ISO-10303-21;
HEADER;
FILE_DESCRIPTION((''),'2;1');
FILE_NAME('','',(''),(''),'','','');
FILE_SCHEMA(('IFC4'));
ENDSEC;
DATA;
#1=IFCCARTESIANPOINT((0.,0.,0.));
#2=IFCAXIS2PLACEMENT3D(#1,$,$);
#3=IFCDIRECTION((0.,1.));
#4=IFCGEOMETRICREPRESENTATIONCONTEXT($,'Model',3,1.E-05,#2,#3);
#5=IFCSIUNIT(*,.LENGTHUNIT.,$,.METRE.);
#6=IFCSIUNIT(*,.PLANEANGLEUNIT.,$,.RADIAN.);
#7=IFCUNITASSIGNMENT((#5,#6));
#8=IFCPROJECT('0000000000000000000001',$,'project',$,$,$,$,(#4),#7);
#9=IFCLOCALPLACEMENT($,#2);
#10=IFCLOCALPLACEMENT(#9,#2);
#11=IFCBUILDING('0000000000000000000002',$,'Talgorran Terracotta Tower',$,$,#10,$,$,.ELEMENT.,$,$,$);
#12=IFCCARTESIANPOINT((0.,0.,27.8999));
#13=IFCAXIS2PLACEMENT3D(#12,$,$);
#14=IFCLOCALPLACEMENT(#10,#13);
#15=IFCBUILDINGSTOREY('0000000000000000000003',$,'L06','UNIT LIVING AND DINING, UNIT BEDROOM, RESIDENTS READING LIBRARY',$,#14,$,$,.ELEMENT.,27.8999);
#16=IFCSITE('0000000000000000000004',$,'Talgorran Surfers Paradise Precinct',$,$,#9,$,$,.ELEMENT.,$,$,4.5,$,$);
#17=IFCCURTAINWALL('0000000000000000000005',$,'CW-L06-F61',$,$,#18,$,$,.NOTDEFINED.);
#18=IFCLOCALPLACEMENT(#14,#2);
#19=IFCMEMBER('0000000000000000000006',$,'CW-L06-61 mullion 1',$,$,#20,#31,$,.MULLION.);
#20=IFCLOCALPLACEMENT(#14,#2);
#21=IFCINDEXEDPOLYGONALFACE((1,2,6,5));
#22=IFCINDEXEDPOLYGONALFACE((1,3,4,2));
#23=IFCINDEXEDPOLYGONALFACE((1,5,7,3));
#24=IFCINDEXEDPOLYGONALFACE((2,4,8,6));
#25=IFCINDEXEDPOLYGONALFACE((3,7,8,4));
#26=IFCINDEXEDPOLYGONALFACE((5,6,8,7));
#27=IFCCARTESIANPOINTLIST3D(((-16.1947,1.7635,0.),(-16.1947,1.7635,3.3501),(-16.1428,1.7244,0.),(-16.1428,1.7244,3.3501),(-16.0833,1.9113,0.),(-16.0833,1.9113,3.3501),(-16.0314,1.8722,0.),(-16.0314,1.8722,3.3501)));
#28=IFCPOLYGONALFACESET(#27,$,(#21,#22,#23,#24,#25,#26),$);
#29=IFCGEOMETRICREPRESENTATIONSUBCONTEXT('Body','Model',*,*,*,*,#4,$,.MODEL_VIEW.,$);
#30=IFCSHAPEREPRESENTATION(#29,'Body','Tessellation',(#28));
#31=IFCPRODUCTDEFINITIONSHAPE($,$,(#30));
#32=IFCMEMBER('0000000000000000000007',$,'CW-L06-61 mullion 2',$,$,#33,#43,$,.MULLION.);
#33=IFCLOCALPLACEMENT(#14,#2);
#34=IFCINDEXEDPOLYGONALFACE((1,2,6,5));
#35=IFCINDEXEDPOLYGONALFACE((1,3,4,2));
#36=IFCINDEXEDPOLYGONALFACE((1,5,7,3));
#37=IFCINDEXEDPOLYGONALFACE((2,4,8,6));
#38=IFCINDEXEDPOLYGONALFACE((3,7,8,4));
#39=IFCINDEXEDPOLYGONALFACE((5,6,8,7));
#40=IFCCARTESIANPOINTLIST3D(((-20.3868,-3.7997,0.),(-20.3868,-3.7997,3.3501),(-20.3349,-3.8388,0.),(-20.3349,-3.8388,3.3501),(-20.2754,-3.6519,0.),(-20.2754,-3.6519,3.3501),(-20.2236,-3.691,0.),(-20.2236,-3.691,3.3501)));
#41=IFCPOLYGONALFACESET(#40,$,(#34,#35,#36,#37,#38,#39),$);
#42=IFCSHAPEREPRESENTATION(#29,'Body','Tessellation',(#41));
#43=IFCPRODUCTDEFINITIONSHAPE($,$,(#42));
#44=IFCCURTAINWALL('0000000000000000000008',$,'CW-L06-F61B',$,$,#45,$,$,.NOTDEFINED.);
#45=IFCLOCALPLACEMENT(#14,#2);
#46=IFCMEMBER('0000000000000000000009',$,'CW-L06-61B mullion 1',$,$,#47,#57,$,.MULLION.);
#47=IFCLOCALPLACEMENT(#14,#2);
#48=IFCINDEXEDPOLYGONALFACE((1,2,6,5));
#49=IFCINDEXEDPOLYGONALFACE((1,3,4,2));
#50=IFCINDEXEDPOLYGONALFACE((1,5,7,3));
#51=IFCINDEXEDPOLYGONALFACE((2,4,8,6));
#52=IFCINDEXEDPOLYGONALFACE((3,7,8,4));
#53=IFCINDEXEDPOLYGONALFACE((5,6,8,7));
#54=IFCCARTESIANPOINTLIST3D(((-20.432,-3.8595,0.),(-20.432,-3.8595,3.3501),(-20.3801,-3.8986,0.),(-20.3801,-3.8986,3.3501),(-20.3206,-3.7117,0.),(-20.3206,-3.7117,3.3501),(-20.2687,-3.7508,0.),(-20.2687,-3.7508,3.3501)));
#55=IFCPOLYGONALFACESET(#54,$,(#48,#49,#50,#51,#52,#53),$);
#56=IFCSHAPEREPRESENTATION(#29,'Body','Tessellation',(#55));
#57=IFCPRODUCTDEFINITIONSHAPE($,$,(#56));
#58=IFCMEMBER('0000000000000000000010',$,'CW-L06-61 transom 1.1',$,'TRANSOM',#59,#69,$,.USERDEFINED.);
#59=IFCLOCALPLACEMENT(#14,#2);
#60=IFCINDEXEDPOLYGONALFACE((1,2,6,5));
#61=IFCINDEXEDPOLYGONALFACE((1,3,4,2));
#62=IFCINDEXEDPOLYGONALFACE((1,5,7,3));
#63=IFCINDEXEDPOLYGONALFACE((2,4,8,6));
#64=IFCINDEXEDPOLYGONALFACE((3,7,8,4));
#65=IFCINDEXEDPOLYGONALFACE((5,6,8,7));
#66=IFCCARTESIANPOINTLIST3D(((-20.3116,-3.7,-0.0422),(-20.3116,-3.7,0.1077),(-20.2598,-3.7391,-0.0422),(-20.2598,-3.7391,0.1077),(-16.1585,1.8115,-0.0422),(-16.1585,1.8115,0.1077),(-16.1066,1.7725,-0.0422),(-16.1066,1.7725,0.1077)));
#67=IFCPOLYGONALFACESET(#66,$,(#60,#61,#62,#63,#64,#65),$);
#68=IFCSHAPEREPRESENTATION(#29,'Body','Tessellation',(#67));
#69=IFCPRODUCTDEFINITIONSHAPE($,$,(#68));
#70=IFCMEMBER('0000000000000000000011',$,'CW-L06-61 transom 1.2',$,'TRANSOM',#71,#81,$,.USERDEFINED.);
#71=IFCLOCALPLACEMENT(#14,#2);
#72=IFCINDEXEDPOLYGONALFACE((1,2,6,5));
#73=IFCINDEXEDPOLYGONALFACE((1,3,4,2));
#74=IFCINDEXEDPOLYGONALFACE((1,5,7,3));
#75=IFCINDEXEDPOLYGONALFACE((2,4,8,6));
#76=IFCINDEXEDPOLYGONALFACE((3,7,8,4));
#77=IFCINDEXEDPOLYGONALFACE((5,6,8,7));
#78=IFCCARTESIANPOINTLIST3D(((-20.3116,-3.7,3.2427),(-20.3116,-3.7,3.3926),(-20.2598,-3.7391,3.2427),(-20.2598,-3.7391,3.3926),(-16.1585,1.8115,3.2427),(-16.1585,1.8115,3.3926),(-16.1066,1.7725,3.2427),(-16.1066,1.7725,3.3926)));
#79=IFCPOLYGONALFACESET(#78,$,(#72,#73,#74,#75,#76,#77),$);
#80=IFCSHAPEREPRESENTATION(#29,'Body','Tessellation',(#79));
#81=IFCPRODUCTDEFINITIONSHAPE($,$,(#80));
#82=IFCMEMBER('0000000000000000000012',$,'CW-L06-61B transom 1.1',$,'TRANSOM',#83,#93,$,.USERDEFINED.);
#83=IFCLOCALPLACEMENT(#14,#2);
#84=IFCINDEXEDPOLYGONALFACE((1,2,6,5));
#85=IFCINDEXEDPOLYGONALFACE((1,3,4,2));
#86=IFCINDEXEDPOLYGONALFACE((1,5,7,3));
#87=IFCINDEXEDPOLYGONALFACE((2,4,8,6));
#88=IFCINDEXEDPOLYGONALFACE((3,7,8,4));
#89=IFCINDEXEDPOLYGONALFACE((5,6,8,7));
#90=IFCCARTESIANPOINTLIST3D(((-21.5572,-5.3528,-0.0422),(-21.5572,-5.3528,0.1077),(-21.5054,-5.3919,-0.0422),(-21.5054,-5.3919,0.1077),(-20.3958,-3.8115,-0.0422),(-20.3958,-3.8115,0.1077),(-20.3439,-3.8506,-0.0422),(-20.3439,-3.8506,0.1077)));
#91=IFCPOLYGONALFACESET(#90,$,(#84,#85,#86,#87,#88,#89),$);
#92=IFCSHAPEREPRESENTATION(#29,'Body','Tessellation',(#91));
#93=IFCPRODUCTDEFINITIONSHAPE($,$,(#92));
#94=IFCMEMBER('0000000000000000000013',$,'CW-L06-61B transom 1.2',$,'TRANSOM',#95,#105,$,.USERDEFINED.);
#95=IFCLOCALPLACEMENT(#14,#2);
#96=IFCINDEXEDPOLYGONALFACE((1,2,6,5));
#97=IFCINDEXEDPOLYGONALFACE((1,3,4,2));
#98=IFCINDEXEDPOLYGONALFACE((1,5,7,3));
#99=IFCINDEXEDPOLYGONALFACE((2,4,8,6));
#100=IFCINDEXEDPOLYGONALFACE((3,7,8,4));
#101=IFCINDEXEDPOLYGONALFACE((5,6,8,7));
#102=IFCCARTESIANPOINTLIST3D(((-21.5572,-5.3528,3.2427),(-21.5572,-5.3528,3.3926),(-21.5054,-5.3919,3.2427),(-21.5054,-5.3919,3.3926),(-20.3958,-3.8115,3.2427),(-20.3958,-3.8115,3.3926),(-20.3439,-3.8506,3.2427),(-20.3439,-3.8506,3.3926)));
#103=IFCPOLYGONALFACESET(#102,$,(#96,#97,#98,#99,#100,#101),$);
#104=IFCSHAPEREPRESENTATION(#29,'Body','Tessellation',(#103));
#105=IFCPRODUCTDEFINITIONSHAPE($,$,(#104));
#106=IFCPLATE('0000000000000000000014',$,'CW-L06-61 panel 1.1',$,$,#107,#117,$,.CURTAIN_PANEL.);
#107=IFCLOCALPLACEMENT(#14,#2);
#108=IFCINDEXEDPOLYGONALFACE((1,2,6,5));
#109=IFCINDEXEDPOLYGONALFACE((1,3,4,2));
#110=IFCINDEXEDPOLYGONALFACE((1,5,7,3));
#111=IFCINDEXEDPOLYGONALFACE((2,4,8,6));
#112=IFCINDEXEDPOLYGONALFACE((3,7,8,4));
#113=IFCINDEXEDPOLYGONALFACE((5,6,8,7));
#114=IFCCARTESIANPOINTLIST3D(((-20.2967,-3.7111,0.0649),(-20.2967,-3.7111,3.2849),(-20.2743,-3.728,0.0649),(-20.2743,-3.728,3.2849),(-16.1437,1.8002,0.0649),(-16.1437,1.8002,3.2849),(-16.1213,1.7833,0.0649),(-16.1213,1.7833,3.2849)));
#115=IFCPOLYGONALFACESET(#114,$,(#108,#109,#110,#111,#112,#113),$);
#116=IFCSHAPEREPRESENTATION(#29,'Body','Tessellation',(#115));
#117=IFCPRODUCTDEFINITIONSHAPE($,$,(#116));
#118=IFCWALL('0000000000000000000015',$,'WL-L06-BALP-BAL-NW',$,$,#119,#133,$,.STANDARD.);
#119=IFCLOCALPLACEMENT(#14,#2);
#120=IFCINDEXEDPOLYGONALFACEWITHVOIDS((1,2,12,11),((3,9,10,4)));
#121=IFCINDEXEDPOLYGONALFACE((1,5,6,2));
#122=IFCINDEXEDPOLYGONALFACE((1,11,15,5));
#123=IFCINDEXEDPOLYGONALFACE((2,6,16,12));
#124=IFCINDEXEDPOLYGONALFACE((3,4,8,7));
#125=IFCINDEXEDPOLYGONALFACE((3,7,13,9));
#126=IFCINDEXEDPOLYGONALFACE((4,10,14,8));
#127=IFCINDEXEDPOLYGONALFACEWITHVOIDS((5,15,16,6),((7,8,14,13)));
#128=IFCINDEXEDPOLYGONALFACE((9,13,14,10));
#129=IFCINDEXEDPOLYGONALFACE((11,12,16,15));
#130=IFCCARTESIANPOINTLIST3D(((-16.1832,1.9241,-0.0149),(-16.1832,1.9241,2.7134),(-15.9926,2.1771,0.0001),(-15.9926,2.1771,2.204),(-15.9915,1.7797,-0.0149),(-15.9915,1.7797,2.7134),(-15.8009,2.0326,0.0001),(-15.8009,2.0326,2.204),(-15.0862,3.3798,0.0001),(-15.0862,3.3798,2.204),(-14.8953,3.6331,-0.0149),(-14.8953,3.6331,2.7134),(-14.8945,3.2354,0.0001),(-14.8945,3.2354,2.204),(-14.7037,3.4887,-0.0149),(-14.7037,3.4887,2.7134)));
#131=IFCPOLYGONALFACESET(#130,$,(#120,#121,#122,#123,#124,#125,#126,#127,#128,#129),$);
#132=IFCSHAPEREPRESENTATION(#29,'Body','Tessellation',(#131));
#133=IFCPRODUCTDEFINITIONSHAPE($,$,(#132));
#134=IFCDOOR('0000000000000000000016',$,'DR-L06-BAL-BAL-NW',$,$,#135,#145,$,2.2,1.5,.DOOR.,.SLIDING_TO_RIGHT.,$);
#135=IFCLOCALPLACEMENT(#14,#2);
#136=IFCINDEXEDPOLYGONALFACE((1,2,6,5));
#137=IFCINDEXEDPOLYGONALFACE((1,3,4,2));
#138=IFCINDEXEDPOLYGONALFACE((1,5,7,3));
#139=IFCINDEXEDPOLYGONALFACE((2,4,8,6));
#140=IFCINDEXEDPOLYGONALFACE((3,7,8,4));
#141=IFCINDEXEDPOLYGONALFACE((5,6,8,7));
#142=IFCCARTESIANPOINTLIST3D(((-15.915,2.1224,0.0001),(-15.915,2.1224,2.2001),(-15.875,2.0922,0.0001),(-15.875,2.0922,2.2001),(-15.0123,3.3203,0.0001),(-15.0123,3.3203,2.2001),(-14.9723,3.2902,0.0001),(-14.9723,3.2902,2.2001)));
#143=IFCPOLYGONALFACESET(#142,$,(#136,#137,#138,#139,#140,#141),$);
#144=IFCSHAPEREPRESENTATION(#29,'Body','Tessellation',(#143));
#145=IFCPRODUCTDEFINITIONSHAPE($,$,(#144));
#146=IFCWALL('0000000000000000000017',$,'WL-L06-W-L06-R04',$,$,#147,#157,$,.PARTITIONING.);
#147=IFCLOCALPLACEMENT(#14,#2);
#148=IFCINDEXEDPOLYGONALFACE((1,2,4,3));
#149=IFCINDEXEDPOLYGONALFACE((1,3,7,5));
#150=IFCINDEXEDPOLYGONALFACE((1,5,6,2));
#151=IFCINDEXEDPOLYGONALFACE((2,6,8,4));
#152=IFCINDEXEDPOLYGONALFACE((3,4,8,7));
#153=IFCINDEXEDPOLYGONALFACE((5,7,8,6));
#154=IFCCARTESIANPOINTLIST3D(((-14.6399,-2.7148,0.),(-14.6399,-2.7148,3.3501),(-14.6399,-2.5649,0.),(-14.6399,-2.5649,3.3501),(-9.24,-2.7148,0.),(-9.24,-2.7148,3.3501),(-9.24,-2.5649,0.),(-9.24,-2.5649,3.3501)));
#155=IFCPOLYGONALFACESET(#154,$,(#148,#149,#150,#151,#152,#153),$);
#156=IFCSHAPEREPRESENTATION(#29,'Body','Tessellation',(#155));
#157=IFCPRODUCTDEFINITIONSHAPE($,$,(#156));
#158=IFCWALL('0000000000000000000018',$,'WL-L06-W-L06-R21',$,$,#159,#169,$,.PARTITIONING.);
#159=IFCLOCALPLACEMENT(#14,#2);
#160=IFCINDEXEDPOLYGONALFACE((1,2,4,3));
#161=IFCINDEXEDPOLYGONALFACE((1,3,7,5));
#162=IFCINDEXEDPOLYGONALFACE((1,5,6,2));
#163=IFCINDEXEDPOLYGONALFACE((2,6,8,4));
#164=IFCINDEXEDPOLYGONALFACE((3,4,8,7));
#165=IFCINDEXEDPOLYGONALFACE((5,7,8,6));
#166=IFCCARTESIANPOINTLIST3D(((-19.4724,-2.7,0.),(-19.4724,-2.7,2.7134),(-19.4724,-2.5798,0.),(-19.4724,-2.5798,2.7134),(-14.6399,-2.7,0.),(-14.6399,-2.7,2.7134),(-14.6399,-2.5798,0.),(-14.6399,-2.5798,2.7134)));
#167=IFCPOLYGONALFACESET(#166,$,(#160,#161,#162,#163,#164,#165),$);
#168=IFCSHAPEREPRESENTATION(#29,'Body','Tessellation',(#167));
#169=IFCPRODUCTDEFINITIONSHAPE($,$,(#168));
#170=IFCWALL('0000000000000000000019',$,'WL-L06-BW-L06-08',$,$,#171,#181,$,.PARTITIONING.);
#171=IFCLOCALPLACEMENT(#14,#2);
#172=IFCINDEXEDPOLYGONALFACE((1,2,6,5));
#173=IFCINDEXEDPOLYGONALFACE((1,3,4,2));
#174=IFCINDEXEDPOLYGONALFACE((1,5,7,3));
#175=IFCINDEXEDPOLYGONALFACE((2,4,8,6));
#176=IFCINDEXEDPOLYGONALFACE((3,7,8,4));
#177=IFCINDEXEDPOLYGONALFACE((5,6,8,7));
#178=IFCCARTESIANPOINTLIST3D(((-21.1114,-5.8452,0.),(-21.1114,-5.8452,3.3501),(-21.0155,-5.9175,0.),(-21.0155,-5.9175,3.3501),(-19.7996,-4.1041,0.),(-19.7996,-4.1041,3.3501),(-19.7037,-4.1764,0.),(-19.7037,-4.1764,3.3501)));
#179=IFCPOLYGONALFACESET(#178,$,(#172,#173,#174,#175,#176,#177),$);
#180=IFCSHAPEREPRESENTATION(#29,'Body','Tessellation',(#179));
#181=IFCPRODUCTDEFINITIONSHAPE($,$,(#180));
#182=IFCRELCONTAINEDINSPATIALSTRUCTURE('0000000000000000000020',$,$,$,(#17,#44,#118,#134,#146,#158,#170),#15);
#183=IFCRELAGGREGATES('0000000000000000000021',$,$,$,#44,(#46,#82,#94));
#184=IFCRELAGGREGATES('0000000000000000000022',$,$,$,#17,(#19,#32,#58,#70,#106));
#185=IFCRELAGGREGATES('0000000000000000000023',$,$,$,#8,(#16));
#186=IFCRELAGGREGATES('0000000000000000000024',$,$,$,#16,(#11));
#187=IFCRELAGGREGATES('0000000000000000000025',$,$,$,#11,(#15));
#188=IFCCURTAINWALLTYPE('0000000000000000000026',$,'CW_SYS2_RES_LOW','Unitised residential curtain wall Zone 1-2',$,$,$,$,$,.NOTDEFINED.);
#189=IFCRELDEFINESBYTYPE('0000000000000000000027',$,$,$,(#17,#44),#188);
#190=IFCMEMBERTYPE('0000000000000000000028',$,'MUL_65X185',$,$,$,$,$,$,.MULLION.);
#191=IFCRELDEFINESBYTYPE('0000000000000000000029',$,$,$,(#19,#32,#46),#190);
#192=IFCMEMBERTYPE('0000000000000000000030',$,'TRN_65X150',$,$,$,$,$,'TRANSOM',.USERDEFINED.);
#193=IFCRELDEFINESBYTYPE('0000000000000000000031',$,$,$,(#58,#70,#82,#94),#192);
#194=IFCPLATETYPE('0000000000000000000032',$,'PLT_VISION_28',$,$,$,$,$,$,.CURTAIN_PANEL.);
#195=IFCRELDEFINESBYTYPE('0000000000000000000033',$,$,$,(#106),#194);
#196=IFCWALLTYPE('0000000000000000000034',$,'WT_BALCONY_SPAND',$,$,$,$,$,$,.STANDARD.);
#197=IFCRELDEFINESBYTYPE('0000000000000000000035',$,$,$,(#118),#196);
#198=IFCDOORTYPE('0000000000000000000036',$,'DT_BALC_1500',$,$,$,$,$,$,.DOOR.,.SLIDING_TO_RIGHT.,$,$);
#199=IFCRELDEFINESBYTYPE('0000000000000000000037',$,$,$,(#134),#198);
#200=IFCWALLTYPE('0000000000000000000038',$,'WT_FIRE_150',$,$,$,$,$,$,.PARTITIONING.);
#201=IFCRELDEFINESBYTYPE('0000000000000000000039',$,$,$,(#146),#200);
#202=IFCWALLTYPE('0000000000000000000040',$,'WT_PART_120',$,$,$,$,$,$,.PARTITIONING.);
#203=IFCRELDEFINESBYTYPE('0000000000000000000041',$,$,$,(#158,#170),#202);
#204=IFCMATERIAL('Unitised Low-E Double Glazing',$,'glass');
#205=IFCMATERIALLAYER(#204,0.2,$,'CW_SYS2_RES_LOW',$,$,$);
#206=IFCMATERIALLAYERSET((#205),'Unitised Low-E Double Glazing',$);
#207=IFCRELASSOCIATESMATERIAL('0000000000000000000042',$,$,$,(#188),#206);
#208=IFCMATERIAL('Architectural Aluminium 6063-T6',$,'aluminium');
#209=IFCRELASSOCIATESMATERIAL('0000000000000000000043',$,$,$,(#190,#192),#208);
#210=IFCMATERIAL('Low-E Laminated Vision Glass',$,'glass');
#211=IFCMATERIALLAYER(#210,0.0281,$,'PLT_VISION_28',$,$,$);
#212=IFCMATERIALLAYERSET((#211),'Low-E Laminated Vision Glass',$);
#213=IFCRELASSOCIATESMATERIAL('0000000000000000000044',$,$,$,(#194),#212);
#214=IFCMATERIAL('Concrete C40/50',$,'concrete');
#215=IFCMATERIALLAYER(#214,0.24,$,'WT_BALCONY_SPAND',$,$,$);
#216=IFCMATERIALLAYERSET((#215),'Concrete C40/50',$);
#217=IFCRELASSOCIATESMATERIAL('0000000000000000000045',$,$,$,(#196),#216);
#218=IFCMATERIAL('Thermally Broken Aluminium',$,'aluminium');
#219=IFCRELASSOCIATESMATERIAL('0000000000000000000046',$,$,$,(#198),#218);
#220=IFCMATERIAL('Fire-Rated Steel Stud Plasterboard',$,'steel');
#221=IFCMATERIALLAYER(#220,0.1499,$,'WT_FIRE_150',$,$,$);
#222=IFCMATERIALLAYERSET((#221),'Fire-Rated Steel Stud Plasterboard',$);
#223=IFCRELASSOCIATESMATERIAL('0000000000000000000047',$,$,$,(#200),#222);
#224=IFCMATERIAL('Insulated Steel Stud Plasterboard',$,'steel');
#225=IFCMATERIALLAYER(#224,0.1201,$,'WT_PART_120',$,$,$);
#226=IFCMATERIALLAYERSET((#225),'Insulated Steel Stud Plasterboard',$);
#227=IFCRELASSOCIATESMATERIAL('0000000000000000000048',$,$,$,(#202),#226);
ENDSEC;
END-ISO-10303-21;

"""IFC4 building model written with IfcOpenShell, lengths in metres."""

from ifc_helpers import new_model, si_unit, direction, frame, frame_2d, origin, origin_2d, place, context, subcontext, project, spatial, rectangle, extrude, source, transform, mapped, material, layer, layer_set, material_profile, profile_set, type_object, type_shapes, element, fill, aggregate, save


model = new_model("IFC4")

# Units and contexts
model_context = context("Model", 3, precision=1e-05, world=origin(), true_north=direction((0.0, 1.0)))
body_context = subcontext(model_context, "Body", "Model", "MODEL_VIEW")
ifc_project = project(units=[si_unit("LENGTHUNIT", "METRE"), si_unit("PLANEANGLEUNIT", "RADIAN")], contexts=[model_context])

# Site, building, storey
site_placement = place(None, origin())
site = spatial("IfcSite", under=ifc_project, at=site_placement, Name="Talgorran Surfers Paradise Precinct", CompositionType="ELEMENT", RefElevation=4.5)
building_placement = place(site_placement, origin())
building = spatial("IfcBuilding", under=site, at=building_placement, Name="Talgorran Terracotta Tower", CompositionType="ELEMENT")
storey_placement = place(building_placement, frame((0.0, 0.0, 27.8999)))
storey = spatial("IfcBuildingStorey", under=building, at=storey_placement, Name="L06", Description="UNIT LIVING AND DINING, UNIT BEDROOM, RESIDENTS READING LIBRARY", CompositionType="ELEMENT", Elevation=27.8999)

# Shared definitions
ifc_material_1 = material(Name="Unitised Low-E Double Glazing", Category="glass")
ifc_layer_1 = layer(ifc_material_1, 0.2, Name="CW_SYS2_RES_LOW")
ifc_layer_set_1 = layer_set([ifc_layer_1], Name="Unitised Low-E Double Glazing")
curtain_wall_type = type_object("IfcCurtainWallType", Name="CW_SYS2_RES_LOW", Description="Unitised residential curtain wall Zone 1-2", PredefinedType="NOTDEFINED", material=ifc_layer_set_1)
ifc_material_2 = material(Name="Architectural Aluminium 6063-T6", Category="aluminium")
ifc_material_profile_1 = material_profile(ifc_material_2, rectangle(XDim=0.0649, YDim=0.1851, at=origin_2d()), Name="CWM65X185")
ifc_profile_set_1 = profile_set([ifc_material_profile_1], Name="Architectural Aluminium 6063-T6")
member_type_1 = type_object("IfcMemberType", Name="MUL_65X185", PredefinedType="MULLION", material=ifc_profile_set_1)

# Curtain wall, members
curtain_wall_1_placement = place(storey_placement, origin())
curtain_wall_1 = element("IfcCurtainWall", 1, at=curtain_wall_1_placement, inside=storey, type_object=curtain_wall_type, Name="CW-L06-F61", PredefinedType="NOTDEFINED")
member_1_placement = place(storey_placement, frame((-16.113, 1.8179, 0.0), z_axis=(0.0, 0.0, 1.0), x_axis=(0.798641, -0.601808, 0.0)))
member_1 = element("IfcMember", 2, at=member_1_placement, type_object=member_type_1, Name="CW-L06-61 mullion 1", PredefinedType="MULLION", context=body_context, shape_type="SweptSolid", body=[
    extrude(rectangle(XDim=0.0649, YDim=0.1851, at=origin_2d()), origin(), (0.0, 0.0, 1.0), 3.3501),
])
member_2_placement = place(storey_placement, frame((-20.3052, -3.7454, 0.0), z_axis=(0.0, 0.0, 1.0), x_axis=(0.798641, -0.601808, 0.0)))
member_2 = element("IfcMember", 3, at=member_2_placement, type_object=member_type_1, Name="CW-L06-61 mullion 2", PredefinedType="MULLION", context=body_context, shape_type="SweptSolid", body=[
    extrude(rectangle(XDim=0.0649, YDim=0.1851, at=origin_2d()), origin(), (0.0, 0.0, 1.0), 3.3501),
])

# Curtain wall, member
curtain_wall_2_placement = place(storey_placement, origin())
curtain_wall_2 = element("IfcCurtainWall", 4, at=curtain_wall_2_placement, inside=storey, type_object=curtain_wall_type, Name="CW-L06-F61B", PredefinedType="NOTDEFINED")
member_3_placement = place(storey_placement, frame((-20.3503, -3.8052, 0.0), z_axis=(0.0, 0.0, 1.0), x_axis=(0.798652, -0.601793, 0.0)))
member_3 = element("IfcMember", 5, at=member_3_placement, type_object=member_type_1, Name="CW-L06-61B mullion 1", PredefinedType="MULLION", context=body_context, shape_type="SweptSolid", body=[
    extrude(rectangle(XDim=0.0649, YDim=0.1851, at=origin_2d()), origin(), (0.0, 0.0, 1.0), 3.3501),
])

# Members
ifc_material_profile_2 = material_profile(ifc_material_2, rectangle(XDim=0.0649, YDim=0.1499, at=origin_2d()), Name="CWT65X150")
ifc_profile_set_2 = profile_set([ifc_material_profile_2], Name="Architectural Aluminium 6063-T6")
member_type_2 = type_object("IfcMemberType", Name="TRN_65X150", ElementType="TRANSOM", PredefinedType="USERDEFINED", material=ifc_profile_set_2)
member_4_placement = place(storey_placement, frame((-16.1326, 1.792, 0.0327), z_axis=(-0.601804, -0.798644, 0.0), x_axis=(0.798644, -0.601804, 0.0)))
member_4 = element("IfcMember", 6, at=member_4_placement, type_object=member_type_2, Name="CW-L06-61 transom 1.1", ObjectType="TRANSOM", PredefinedType="USERDEFINED", context=body_context, shape_type="SweptSolid", body=[
    extrude(rectangle(XDim=0.0649, YDim=0.1499, at=origin_2d()), origin(), (0.0, 0.0, 1.0), 6.9011),
])
member_5_placement = place(storey_placement, frame((-16.1326, 1.792, 3.3176), z_axis=(-0.601804, -0.798644, 0.0), x_axis=(0.798644, -0.601804, 0.0)))
member_5 = element("IfcMember", 7, at=member_5_placement, type_object=member_type_2, Name="CW-L06-61 transom 1.2", ObjectType="TRANSOM", PredefinedType="USERDEFINED", context=body_context, shape_type="SweptSolid", body=[
    extrude(rectangle(XDim=0.0649, YDim=0.1499, at=origin_2d()), origin(), (0.0, 0.0, 1.0), 6.9011),
])
member_6_placement = place(storey_placement, frame((-20.3699, -3.8311, 0.0327), z_axis=(-0.6018, -0.798647, 0.0), x_axis=(0.798647, -0.6018, 0.0)))
member_6 = element("IfcMember", 8, at=member_6_placement, type_object=member_type_2, Name="CW-L06-61B transom 1.1", ObjectType="TRANSOM", PredefinedType="USERDEFINED", context=body_context, shape_type="SweptSolid", body=[
    extrude(rectangle(XDim=0.0649, YDim=0.1499, at=origin_2d()), origin(), (0.0, 0.0, 1.0), 1.9299),
])
member_7_placement = place(storey_placement, frame((-20.3699, -3.8311, 3.3176), z_axis=(-0.6018, -0.798647, 0.0), x_axis=(0.798647, -0.6018, 0.0)))
member_7 = element("IfcMember", 9, at=member_7_placement, type_object=member_type_2, Name="CW-L06-61B transom 1.2", ObjectType="TRANSOM", PredefinedType="USERDEFINED", context=body_context, shape_type="SweptSolid", body=[
    extrude(rectangle(XDim=0.0649, YDim=0.1499, at=origin_2d()), origin(), (0.0, 0.0, 1.0), 1.9299),
])
aggregate(curtain_wall_2, [member_3, member_6, member_7])

# Plate
ifc_material_3 = material(Name="Low-E Laminated Vision Glass", Category="glass")
ifc_layer_2 = layer(ifc_material_3, 0.0281, Name="PLT_VISION_28")
ifc_layer_set_2 = layer_set([ifc_layer_2], Name="Low-E Laminated Vision Glass")
plate_type = type_object("IfcPlateType", Name="PLT_VISION_28", PredefinedType="CURTAIN_PANEL", material=ifc_layer_set_2)
shared_shape = source(origin(), body_context, "Body", "SweptSolid", [
    extrude(rectangle(XDim=6.9009, YDim=0.0281, at=origin_2d()), origin(), (0.0, 0.0, 1.0), 3.22),
])
type_shapes(plate_type, [shared_shape])
plate_placement = place(storey_placement, frame((-18.209, -0.9639, 0.0649), z_axis=(0.0, 0.0, 1.0), x_axis=(-0.601808, -0.798641, 0.0)))
plate = element("IfcPlate", 10, at=plate_placement, type_object=plate_type, Name="CW-L06-61 panel 1.1", PredefinedType="CURTAIN_PANEL", context=body_context, shape_type="MappedRepresentation", body=[
    mapped(shared_shape, transform((0.0, 0.0, 0.0), scale=1.0)),
])
aggregate(curtain_wall_1, [member_1, member_2, member_4, member_5, plate])

# Wall, opening, door
ifc_material_4 = material(Name="Concrete C40/50", Category="concrete")
ifc_layer_3 = layer(ifc_material_4, 0.24, Name="WT_BALCONY_SPAND")
ifc_layer_set_3 = layer_set([ifc_layer_3], Name="Concrete C40/50")
wall_type_1 = type_object("IfcWallType", Name="WT_BALCONY_SPAND", PredefinedType="STANDARD", material=ifc_layer_set_3)
wall_1_placement = place(storey_placement, frame((-14.7996, 3.5608, -0.0149), z_axis=(0.0, 0.0, 1.0), x_axis=(-0.601824, -0.798629, 0.0)))
wall_1 = element("IfcWall", 11, at=wall_1_placement, inside=storey, type_object=wall_type_1, Name="WL-L06-BALP-BAL-NW", PredefinedType="STANDARD", context=body_context, shape_type="SweptSolid", body=[
    extrude(rectangle(XDim=2.1399, YDim=0.24, at=frame_2d((1.0698, 0.0))), origin(), (0.0, 0.0, 1.0), 2.7283),
])
opening_placement = place(wall_1_placement, frame((0.3201, 0.0, 0.0149)))
opening = element("IfcOpeningElement", 12, at=opening_placement, cuts=wall_1, PredefinedType="OPENING", context=body_context, shape_type="SweptSolid", body=[
    extrude(rectangle(XDim=1.506, YDim=2.204, at=frame_2d((0.75, 1.1021))), frame((0.0, 0.1299, 0.0), z_axis=(0.0, -1.0, 0.0), x_axis=(1.0, 0.0, 0.0)), (0.0, 0.0, 1.0), 0.26),
])
ifc_material_5 = material(Name="Thermally Broken Aluminium", Category="aluminium")
door_type = type_object("IfcDoorType", Name="DT_BALC_1500", OperationType="SLIDING_TO_RIGHT", PredefinedType="DOOR", material=ifc_material_5)
door_placement = place(opening_placement, origin())
door = element("IfcDoor", 13, at=door_placement, inside=storey, type_object=door_type, Name="DR-L06-BAL-BAL-NW", OperationType="SLIDING_TO_RIGHT", OverallHeight=2.2, OverallWidth=1.5, PredefinedType="DOOR", context=body_context, shape_type="SweptSolid", body=[
    extrude(rectangle(XDim=1.5, YDim=2.2, at=frame_2d((0.75, 1.1001))), frame((0.0, 0.0249, 0.0), z_axis=(0.0, -1.0, 0.0), x_axis=(1.0, 0.0, 0.0)), (0.0, 0.0, 1.0), 0.05),
])
fill(opening, door)

# Walls
ifc_material_6 = material(Name="Fire-Rated Steel Stud Plasterboard", Category="steel")
ifc_layer_4 = layer(ifc_material_6, 0.1499, Name="WT_FIRE_150")
ifc_layer_set_4 = layer_set([ifc_layer_4], Name="Fire-Rated Steel Stud Plasterboard")
wall_type_2 = type_object("IfcWallType", Name="WT_FIRE_150", PredefinedType="PARTITIONING", material=ifc_layer_set_4)
wall_2_placement = place(storey_placement, frame((-14.6399, -2.6399, 0.0), z_axis=(0.0, 0.0, 1.0), x_axis=(1.0, 0.0, 0.0)))
element("IfcWall", 14, at=wall_2_placement, inside=storey, type_object=wall_type_2, Name="WL-L06-W-L06-R04", PredefinedType="PARTITIONING", context=body_context, shape_type="SweptSolid", body=[
    extrude(rectangle(XDim=5.3999, YDim=0.1499, at=frame_2d((2.7, 0.0))), origin(), (0.0, 0.0, 1.0), 3.3501),
])
ifc_material_7 = material(Name="Insulated Steel Stud Plasterboard", Category="steel")
ifc_layer_5 = layer(ifc_material_7, 0.1201, Name="WT_PART_120")
ifc_layer_set_5 = layer_set([ifc_layer_5], Name="Insulated Steel Stud Plasterboard")
wall_type_3 = type_object("IfcWallType", Name="WT_PART_120", PredefinedType="PARTITIONING", material=ifc_layer_set_5)
wall_3_placement = place(storey_placement, frame((-19.4724, -2.6399, 0.0), z_axis=(0.0, 0.0, 1.0), x_axis=(1.0, 0.0, 0.0)))
element("IfcWall", 15, at=wall_3_placement, inside=storey, type_object=wall_type_3, Name="WL-L06-W-L06-R21", PredefinedType="PARTITIONING", context=body_context, shape_type="SweptSolid", body=[
    extrude(rectangle(XDim=4.8325, YDim=0.1201, at=frame_2d((2.4163, 0.0))), origin(), (0.0, 0.0, 1.0), 2.7134),
])
wall_4_placement = place(storey_placement, frame((-19.7517, -4.1404, 0.0), z_axis=(0.0, 0.0, 1.0), x_axis=(-0.601773, -0.798667, 0.0)))
element("IfcWall", 16, at=wall_4_placement, inside=storey, type_object=wall_type_3, Name="WL-L06-BW-L06-08", PredefinedType="PARTITIONING", context=body_context, shape_type="SweptSolid", body=[
    extrude(rectangle(XDim=2.1799, YDim=0.1201, at=frame_2d((1.0898, 0.0))), origin(), (0.0, 0.0, 1.0), 3.3501),
])

save(model, "model.ifc")
